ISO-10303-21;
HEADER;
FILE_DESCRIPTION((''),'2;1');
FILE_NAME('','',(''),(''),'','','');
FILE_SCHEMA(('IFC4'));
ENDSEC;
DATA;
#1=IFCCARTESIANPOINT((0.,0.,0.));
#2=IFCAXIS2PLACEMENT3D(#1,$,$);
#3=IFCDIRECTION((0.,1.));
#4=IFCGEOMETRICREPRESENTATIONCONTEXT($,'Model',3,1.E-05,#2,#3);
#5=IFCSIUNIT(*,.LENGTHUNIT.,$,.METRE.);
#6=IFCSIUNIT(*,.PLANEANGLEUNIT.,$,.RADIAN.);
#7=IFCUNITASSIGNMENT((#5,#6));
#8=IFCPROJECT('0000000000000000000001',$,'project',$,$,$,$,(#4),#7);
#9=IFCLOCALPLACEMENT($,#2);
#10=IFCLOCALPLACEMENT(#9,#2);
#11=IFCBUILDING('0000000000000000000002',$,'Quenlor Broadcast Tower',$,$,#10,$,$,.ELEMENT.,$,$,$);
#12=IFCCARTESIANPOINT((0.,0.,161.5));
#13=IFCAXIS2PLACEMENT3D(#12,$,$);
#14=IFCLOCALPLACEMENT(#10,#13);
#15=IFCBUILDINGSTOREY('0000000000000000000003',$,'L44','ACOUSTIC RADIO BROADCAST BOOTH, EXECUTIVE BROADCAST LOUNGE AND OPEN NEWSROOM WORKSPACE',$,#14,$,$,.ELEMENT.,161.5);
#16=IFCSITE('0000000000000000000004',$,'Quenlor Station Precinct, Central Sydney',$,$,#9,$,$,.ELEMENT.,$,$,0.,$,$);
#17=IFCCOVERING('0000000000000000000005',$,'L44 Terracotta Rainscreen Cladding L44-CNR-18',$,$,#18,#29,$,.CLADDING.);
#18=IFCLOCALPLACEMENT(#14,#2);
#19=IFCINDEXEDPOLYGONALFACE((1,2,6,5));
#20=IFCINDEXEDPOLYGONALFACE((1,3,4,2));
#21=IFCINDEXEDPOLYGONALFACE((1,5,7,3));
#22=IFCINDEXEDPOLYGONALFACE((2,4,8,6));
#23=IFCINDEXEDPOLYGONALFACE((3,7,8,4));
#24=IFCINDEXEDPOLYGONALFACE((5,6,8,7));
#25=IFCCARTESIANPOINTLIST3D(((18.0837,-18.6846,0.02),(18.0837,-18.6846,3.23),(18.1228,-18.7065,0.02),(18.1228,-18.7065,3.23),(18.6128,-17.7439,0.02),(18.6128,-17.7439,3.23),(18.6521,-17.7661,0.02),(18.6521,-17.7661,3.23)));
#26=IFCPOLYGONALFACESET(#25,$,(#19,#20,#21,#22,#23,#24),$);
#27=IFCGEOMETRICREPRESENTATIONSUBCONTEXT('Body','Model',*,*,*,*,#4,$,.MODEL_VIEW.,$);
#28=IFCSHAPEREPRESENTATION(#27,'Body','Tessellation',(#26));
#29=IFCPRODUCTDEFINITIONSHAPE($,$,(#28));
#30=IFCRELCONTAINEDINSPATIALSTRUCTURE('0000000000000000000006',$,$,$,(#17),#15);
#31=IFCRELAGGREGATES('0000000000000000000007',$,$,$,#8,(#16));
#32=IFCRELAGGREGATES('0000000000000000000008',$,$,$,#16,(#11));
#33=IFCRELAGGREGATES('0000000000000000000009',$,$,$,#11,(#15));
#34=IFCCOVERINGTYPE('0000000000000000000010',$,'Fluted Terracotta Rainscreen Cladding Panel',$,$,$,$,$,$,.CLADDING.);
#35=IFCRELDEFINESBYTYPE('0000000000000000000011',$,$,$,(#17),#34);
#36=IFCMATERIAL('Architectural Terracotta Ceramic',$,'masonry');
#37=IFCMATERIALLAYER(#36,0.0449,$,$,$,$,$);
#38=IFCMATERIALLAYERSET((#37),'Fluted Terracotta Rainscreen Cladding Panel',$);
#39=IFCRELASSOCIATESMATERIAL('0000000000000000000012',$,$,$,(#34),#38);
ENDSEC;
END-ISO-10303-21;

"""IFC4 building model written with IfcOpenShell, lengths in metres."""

from ifc_helpers import new_model, si_unit, direction, frame, origin, place, context, subcontext, project, spatial, polyline, outline, extrude, material, layer, layer_set, type_object, element, save


model = new_model("IFC4")

# Units and contexts
model_context = context("Model", 3, precision=1e-05, world=origin(), true_north=direction((0.0, 1.0)))
body_context = subcontext(model_context, "Body", "Model", "MODEL_VIEW")
ifc_project = project(units=[si_unit("LENGTHUNIT", "METRE"), si_unit("PLANEANGLEUNIT", "RADIAN")], contexts=[model_context])

# Site, building, storey
site_placement = place(None, origin())
site = spatial("IfcSite", under=ifc_project, at=site_placement, Name="Quenlor Station Precinct, Central Sydney", CompositionType="ELEMENT", RefElevation=0.0)
building_placement = place(site_placement, origin())
building = spatial("IfcBuilding", under=site, at=building_placement, Name="Quenlor Broadcast Tower", CompositionType="ELEMENT")
storey_placement = place(building_placement, frame((0.0, 0.0, 161.5)))
storey = spatial("IfcBuildingStorey", under=building, at=storey_placement, Name="L44", Description="ACOUSTIC RADIO BROADCAST BOOTH, EXECUTIVE BROADCAST LOUNGE AND OPEN NEWSROOM WORKSPACE", CompositionType="ELEMENT", Elevation=161.5)

# Covering
ifc_material_1 = material(Name="Architectural Terracotta Ceramic", Category="masonry")
ifc_layer_1 = layer(ifc_material_1, 0.0449)
ifc_layer_set_1 = layer_set([ifc_layer_1], Name="Fluted Terracotta Rainscreen Cladding Panel")
covering_type_1 = type_object("IfcCoveringType", Name="Fluted Terracotta Rainscreen Cladding Panel", PredefinedType="CLADDING", material=ifc_layer_set_1)
covering_1_placement = place(storey_placement, frame((0.0, 0.0, 0.02)))
element("IfcCovering", 1, at=covering_1_placement, inside=storey, type_object=covering_type_1, Name="L44 Terracotta Rainscreen Cladding L44-CNR-18", PredefinedType="CLADDING", context=body_context, shape_type="SweptSolid", body=[
    extrude(outline(polyline([(18.1228, -18.7065), (18.6521, -17.7661), (18.6128, -17.7439), (18.0837, -18.6846), (18.1228, -18.7065)])), origin(), (0.0, 0.0, 1.0), 3.21),
])

save(model, "model.ifc")
